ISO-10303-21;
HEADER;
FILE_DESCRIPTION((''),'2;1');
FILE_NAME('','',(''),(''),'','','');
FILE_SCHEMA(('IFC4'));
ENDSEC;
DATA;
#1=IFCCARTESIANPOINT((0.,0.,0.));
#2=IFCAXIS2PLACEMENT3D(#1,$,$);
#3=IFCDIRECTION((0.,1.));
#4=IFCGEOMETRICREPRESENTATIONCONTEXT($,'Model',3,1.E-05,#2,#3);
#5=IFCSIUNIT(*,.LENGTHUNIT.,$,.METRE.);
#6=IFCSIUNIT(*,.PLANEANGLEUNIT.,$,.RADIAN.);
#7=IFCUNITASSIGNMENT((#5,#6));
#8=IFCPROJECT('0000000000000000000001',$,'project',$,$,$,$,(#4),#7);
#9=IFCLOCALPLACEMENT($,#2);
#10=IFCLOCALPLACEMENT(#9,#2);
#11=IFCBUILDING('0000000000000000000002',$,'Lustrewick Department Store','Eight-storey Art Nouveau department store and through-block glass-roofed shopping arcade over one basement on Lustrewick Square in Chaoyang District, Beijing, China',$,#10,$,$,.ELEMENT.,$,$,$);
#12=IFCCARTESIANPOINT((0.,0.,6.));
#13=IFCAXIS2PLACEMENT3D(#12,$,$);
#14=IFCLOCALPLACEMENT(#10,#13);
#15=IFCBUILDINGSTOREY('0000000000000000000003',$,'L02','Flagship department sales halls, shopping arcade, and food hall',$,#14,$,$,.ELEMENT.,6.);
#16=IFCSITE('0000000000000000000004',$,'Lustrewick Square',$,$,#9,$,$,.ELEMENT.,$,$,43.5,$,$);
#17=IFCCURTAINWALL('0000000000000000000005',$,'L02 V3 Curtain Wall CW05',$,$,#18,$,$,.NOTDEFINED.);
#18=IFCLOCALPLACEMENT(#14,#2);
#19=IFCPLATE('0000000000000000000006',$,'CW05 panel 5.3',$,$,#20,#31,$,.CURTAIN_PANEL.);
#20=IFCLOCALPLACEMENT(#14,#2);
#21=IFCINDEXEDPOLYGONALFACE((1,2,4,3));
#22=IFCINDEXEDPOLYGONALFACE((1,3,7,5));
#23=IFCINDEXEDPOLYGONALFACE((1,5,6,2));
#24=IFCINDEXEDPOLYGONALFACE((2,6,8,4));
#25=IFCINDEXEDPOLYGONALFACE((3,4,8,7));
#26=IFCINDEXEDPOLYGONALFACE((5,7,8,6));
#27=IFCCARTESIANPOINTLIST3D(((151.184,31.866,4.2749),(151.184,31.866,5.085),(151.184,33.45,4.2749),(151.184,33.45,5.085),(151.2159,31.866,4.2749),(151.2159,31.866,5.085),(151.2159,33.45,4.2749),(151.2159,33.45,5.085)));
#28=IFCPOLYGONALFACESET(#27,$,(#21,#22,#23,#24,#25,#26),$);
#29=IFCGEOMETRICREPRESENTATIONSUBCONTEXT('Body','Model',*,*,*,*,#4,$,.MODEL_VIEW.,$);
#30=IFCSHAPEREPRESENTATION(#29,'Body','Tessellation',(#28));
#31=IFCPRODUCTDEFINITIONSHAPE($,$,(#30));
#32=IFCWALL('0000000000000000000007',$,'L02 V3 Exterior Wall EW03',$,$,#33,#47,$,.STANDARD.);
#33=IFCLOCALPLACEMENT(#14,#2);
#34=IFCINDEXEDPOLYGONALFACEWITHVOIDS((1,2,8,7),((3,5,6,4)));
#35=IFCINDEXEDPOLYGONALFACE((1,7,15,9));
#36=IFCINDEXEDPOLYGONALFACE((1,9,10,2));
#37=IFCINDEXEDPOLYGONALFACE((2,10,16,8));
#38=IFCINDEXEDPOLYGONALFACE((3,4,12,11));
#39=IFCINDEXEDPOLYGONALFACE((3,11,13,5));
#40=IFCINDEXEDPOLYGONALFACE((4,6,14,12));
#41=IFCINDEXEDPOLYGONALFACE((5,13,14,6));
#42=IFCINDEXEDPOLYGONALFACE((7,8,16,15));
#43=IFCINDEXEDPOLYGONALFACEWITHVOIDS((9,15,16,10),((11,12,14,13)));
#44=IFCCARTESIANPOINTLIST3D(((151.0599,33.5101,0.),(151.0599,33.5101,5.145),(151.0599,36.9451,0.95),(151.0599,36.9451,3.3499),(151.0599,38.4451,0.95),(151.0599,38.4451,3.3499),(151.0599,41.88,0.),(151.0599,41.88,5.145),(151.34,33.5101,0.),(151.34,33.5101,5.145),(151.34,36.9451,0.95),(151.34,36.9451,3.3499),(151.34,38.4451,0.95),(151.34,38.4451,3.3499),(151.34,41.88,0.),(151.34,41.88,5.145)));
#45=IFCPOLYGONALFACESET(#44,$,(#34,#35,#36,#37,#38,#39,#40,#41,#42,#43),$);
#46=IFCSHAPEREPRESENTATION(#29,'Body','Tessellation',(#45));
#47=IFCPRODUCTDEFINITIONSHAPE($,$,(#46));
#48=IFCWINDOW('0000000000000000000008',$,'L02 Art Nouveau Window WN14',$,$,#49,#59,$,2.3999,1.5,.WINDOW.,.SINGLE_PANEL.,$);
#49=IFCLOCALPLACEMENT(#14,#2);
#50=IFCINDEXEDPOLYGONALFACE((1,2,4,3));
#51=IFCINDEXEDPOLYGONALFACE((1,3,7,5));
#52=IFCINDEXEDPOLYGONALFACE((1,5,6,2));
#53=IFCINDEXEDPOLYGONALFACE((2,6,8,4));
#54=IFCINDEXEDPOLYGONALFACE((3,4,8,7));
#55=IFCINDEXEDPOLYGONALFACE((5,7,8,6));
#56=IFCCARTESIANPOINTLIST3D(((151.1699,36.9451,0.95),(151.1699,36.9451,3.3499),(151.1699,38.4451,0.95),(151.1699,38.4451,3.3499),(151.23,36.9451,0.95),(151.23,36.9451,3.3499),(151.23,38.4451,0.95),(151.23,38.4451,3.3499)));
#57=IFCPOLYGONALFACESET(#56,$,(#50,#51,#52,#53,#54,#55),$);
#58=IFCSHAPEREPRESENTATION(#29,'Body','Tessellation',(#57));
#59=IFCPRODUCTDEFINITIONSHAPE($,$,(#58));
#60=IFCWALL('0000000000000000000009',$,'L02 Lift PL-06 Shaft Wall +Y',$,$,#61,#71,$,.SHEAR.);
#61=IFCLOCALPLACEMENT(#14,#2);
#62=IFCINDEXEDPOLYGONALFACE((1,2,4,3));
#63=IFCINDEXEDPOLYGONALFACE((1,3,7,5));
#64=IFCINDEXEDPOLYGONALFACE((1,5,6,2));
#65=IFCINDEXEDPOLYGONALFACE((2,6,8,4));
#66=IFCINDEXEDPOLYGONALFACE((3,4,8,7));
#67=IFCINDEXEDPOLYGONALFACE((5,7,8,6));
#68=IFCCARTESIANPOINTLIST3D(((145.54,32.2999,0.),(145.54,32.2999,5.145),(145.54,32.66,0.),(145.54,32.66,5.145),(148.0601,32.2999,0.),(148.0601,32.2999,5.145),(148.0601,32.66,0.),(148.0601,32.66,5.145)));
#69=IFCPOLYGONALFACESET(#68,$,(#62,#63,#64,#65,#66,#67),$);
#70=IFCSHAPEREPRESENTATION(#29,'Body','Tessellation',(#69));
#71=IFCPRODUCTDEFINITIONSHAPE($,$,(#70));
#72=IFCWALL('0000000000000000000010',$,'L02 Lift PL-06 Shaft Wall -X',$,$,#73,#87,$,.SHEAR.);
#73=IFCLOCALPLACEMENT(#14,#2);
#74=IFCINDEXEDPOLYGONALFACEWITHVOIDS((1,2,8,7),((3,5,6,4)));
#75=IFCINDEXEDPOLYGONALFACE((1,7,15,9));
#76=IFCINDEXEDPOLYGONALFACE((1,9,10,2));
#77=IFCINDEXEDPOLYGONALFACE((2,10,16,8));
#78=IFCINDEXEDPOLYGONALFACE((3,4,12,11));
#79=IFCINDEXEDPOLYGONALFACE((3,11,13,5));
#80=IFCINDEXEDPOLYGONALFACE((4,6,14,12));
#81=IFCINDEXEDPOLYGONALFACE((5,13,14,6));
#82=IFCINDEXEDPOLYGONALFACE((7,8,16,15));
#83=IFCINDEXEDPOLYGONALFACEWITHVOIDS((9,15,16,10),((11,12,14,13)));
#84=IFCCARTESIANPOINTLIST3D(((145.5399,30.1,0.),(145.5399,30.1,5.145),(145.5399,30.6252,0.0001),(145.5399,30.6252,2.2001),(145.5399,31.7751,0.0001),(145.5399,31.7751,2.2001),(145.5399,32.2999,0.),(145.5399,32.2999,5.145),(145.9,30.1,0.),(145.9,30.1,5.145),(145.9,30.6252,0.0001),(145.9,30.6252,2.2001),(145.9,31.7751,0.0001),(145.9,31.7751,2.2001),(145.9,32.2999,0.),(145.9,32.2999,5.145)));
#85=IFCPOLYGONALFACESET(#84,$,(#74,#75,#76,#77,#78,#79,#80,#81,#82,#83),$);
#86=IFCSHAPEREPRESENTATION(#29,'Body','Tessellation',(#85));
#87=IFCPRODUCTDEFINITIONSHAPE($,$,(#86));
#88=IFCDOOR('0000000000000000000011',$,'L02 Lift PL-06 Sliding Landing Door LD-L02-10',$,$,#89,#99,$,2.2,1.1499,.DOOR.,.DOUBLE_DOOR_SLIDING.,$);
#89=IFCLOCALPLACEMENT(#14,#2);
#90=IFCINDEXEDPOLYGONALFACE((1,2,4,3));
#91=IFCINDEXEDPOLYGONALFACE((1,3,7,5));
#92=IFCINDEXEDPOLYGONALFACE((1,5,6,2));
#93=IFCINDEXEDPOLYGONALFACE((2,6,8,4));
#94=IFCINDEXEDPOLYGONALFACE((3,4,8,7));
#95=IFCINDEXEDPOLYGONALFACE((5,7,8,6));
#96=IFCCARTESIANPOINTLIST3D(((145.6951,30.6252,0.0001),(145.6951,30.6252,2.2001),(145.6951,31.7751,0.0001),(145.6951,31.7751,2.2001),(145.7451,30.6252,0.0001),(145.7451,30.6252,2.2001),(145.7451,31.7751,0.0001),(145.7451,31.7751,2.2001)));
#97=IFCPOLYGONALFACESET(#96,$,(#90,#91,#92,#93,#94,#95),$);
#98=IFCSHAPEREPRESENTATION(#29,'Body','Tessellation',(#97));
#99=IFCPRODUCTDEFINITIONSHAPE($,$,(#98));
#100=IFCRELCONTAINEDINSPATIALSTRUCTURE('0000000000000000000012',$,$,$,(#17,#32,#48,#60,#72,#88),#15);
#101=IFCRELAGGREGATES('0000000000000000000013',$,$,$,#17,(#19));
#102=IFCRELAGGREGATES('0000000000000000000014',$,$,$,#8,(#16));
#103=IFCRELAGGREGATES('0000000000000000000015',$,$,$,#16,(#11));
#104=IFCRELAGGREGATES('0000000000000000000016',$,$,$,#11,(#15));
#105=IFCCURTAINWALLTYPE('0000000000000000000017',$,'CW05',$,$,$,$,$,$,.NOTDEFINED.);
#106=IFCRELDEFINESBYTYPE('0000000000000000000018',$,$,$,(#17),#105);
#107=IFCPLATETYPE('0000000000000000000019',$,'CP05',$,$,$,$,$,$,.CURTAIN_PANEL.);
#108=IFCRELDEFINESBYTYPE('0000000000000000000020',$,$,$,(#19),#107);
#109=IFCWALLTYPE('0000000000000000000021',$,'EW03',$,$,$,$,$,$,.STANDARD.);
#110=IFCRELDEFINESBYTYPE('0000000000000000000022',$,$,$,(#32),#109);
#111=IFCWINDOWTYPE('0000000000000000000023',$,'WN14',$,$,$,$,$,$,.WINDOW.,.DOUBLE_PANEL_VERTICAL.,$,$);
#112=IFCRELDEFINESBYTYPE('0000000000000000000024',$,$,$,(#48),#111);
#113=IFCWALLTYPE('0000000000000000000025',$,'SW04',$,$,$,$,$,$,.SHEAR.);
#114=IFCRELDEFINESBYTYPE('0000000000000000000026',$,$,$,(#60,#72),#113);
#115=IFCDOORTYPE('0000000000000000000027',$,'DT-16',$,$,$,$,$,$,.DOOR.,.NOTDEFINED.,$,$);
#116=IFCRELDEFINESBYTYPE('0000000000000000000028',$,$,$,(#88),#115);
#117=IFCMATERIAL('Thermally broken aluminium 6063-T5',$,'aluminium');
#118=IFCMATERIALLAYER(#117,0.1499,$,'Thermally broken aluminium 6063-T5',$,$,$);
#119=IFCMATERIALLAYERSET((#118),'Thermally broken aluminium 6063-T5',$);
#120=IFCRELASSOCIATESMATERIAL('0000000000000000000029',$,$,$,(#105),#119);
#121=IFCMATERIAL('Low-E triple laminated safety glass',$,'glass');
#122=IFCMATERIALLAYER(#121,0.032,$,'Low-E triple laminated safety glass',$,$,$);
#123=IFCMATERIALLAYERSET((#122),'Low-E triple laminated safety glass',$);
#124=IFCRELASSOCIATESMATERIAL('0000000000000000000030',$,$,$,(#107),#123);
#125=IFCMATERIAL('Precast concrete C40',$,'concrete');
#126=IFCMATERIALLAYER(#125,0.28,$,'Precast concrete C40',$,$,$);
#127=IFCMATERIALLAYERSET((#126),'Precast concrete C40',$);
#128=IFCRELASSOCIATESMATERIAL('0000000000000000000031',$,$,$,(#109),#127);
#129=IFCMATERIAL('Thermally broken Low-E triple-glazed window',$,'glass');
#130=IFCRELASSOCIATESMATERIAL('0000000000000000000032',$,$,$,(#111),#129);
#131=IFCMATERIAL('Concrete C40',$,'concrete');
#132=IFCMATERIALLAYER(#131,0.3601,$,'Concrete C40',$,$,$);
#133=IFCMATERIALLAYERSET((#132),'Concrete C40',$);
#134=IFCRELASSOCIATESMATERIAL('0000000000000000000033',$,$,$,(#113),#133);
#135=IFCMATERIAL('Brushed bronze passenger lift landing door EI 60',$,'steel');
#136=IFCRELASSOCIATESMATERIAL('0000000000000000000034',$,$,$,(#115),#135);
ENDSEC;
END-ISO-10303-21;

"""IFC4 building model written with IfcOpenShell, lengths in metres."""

from ifc_helpers import new_model, si_unit, direction, frame, frame_2d, origin, origin_2d, place, context, subcontext, project, spatial, rectangle, extrude, material, layer, layer_set, type_object, element, fill, aggregate, save


model = new_model("IFC4")

# Units and contexts
model_context = context("Model", 3, precision=1e-05, world=origin(), true_north=direction((0.0, 1.0)))
body_context = subcontext(model_context, "Body", "Model", "MODEL_VIEW")
ifc_project = project(units=[si_unit("LENGTHUNIT", "METRE"), si_unit("PLANEANGLEUNIT", "RADIAN")], contexts=[model_context])

# Site, building, storey
site_placement = place(None, origin())
site = spatial("IfcSite", under=ifc_project, at=site_placement, Name="Lustrewick Square", CompositionType="ELEMENT", RefElevation=43.5)
building_placement = place(site_placement, origin())
building = spatial("IfcBuilding", under=site, at=building_placement, Name="Lustrewick Department Store", Description="Eight-storey Art Nouveau department store and through-block glass-roofed shopping arcade over one basement on Lustrewick Square in Chaoyang District, Beijing, China", CompositionType="ELEMENT")
storey_placement = place(building_placement, frame((0.0, 0.0, 6.0)))
storey = spatial("IfcBuildingStorey", under=building, at=storey_placement, Name="L02", Description="Flagship department sales halls, shopping arcade, and food hall", CompositionType="ELEMENT", Elevation=6.0)

# Shared definitions
ifc_material_1 = material(Name="Concrete C40", Category="concrete")

# Curtain wall
ifc_material_2 = material(Name="Thermally broken aluminium 6063-T5", Category="aluminium")
ifc_layer_1 = layer(ifc_material_2, 0.1499, Name="Thermally broken aluminium 6063-T5")
ifc_layer_set_1 = layer_set([ifc_layer_1], Name="Thermally broken aluminium 6063-T5")
curtain_wall_type_1 = type_object("IfcCurtainWallType", Name="CW05", PredefinedType="NOTDEFINED", material=ifc_layer_set_1)
curtain_wall_1_placement = place(storey_placement, origin())
curtain_wall_1 = element("IfcCurtainWall", 1, at=curtain_wall_1_placement, inside=storey, type_object=curtain_wall_type_1, Name="L02 V3 Curtain Wall CW05", PredefinedType="NOTDEFINED")

# Plate
ifc_material_3 = material(Name="Low-E triple laminated safety glass", Category="glass")
ifc_layer_2 = layer(ifc_material_3, 0.032, Name="Low-E triple laminated safety glass")
ifc_layer_set_2 = layer_set([ifc_layer_2], Name="Low-E triple laminated safety glass")
plate_type = type_object("IfcPlateType", Name="CP05", PredefinedType="CURTAIN_PANEL", material=ifc_layer_set_2)
plate_1_placement = place(storey_placement, frame((151.2, 32.658, 4.2749), z_axis=(0.0, 0.0, 1.0), x_axis=(0.0, 1.0, 0.0)))
plate_1 = element("IfcPlate", 2, at=plate_1_placement, type_object=plate_type, Name="CW05 panel 5.3", PredefinedType="CURTAIN_PANEL", context=body_context, shape_type="SweptSolid", body=[
    extrude(rectangle(XDim=1.584, YDim=0.032, at=origin_2d()), origin(), (0.0, 0.0, 1.0), 0.8101),
])
aggregate(curtain_wall_1, [plate_1])

# Wall, opening, window
ifc_material_4 = material(Name="Precast concrete C40", Category="concrete")
ifc_layer_3 = layer(ifc_material_4, 0.28, Name="Precast concrete C40")
ifc_layer_set_3 = layer_set([ifc_layer_3], Name="Precast concrete C40")
wall_type_1 = type_object("IfcWallType", Name="EW03", PredefinedType="STANDARD", material=ifc_layer_set_3)
wall_1_placement = place(storey_placement, frame((151.2, 33.51, 0.0), z_axis=(0.0, 0.0, 1.0), x_axis=(0.0, 1.0, 0.0)))
wall_1 = element("IfcWall", 3, at=wall_1_placement, inside=storey, type_object=wall_type_1, Name="L02 V3 Exterior Wall EW03", PredefinedType="STANDARD", context=body_context, shape_type="SweptSolid", body=[
    extrude(rectangle(XDim=8.3699, YDim=0.28, at=frame_2d((4.1851, 0.0))), origin(), (0.0, 0.0, 1.0), 5.145),
])
opening_1_placement = place(wall_1_placement, frame((3.4351, 0.0, 0.95)))
opening_1 = element("IfcOpeningElement", 4, at=opening_1_placement, cuts=wall_1, PredefinedType="OPENING", context=body_context, shape_type="SweptSolid", body=[
    extrude(rectangle(XDim=1.5, YDim=2.3999, at=frame_2d((0.75, 1.2))), frame((0.0, 0.1499, 0.0), z_axis=(0.0, -1.0, 0.0), x_axis=(1.0, 0.0, 0.0)), (0.0, 0.0, 1.0), 0.3),
])
ifc_material_5 = material(Name="Thermally broken Low-E triple-glazed window", Category="glass")
window_type = type_object("IfcWindowType", Name="WN14", PartitioningType="DOUBLE_PANEL_VERTICAL", PredefinedType="WINDOW", material=ifc_material_5)
window_placement = place(opening_1_placement, origin())
window = element("IfcWindow", 5, at=window_placement, inside=storey, type_object=window_type, Name="L02 Art Nouveau Window WN14", OverallHeight=2.3999, OverallWidth=1.5, PartitioningType="SINGLE_PANEL", PredefinedType="WINDOW", context=body_context, shape_type="SweptSolid", body=[
    extrude(rectangle(XDim=1.5, YDim=2.3999, at=frame_2d((0.75, 1.2))), frame((0.0, 0.03, 0.0), z_axis=(0.0, -1.0, 0.0), x_axis=(1.0, 0.0, 0.0)), (0.0, 0.0, 1.0), 0.0601),
])
fill(opening_1, window)

# Wall
ifc_layer_4 = layer(ifc_material_1, 0.3601, Name="Concrete C40")
ifc_layer_set_4 = layer_set([ifc_layer_4], Name="Concrete C40")
wall_type_2 = type_object("IfcWallType", Name="SW04", PredefinedType="SHEAR", material=ifc_layer_set_4)
wall_2_placement = place(storey_placement, frame((148.0601, 32.48, 0.0), z_axis=(0.0, 0.0, 1.0), x_axis=(-1.0, 0.0, 0.0)))
element("IfcWall", 6, at=wall_2_placement, inside=storey, type_object=wall_type_2, Name="L02 Lift PL-06 Shaft Wall +Y", PredefinedType="SHEAR", context=body_context, shape_type="SweptSolid", body=[
    extrude(rectangle(XDim=2.52, YDim=0.3601, at=frame_2d((1.26, 0.0))), origin(), (0.0, 0.0, 1.0), 5.145),
])

# Wall, opening, door
wall_3_placement = place(storey_placement, frame((145.72, 32.3, 0.0), z_axis=(0.0, 0.0, 1.0), x_axis=(0.0, -1.0, 0.0)))
wall_3 = element("IfcWall", 7, at=wall_3_placement, inside=storey, type_object=wall_type_2, Name="L02 Lift PL-06 Shaft Wall -X", PredefinedType="SHEAR", context=body_context, shape_type="SweptSolid", body=[
    extrude(rectangle(XDim=2.2, YDim=0.3601, at=frame_2d((1.1001, 0.0))), origin(), (0.0, 0.0, 1.0), 5.145),
])
opening_2_placement = place(wall_3_placement, frame((0.5249, 0.0, 0.0)))
opening_2 = element("IfcOpeningElement", 8, at=opening_2_placement, cuts=wall_3, PredefinedType="OPENING", context=body_context, shape_type="SweptSolid", body=[
    extrude(rectangle(XDim=1.1499, YDim=2.2, at=frame_2d((0.575, 1.1001))), frame((0.0, 0.1899, 0.0), z_axis=(0.0, -1.0, 0.0), x_axis=(1.0, 0.0, 0.0)), (0.0, 0.0, 1.0), 0.3801),
])
ifc_material_6 = material(Name="Brushed bronze passenger lift landing door EI 60", Category="steel")
door_type = type_object("IfcDoorType", Name="DT-16", OperationType="NOTDEFINED", PredefinedType="DOOR", material=ifc_material_6)
door_placement = place(opening_2_placement, frame((1.1499, 0.0, 0.0), z_axis=(0.0, 0.0, 1.0), x_axis=(-1.0, 0.0, 0.0)))
door = element("IfcDoor", 9, at=door_placement, inside=storey, type_object=door_type, Name="L02 Lift PL-06 Sliding Landing Door LD-L02-10", OperationType="DOUBLE_DOOR_SLIDING", OverallHeight=2.2, OverallWidth=1.1499, PredefinedType="DOOR", context=body_context, shape_type="SweptSolid", body=[
    extrude(rectangle(XDim=1.1499, YDim=2.2, at=frame_2d((0.575, 1.1001))), frame((0.0, 0.0249, 0.0), z_axis=(0.0, -1.0, 0.0), x_axis=(1.0, 0.0, 0.0)), (0.0, 0.0, 1.0), 0.05),
])
fill(opening_2, door)

save(model, "model.ifc")
